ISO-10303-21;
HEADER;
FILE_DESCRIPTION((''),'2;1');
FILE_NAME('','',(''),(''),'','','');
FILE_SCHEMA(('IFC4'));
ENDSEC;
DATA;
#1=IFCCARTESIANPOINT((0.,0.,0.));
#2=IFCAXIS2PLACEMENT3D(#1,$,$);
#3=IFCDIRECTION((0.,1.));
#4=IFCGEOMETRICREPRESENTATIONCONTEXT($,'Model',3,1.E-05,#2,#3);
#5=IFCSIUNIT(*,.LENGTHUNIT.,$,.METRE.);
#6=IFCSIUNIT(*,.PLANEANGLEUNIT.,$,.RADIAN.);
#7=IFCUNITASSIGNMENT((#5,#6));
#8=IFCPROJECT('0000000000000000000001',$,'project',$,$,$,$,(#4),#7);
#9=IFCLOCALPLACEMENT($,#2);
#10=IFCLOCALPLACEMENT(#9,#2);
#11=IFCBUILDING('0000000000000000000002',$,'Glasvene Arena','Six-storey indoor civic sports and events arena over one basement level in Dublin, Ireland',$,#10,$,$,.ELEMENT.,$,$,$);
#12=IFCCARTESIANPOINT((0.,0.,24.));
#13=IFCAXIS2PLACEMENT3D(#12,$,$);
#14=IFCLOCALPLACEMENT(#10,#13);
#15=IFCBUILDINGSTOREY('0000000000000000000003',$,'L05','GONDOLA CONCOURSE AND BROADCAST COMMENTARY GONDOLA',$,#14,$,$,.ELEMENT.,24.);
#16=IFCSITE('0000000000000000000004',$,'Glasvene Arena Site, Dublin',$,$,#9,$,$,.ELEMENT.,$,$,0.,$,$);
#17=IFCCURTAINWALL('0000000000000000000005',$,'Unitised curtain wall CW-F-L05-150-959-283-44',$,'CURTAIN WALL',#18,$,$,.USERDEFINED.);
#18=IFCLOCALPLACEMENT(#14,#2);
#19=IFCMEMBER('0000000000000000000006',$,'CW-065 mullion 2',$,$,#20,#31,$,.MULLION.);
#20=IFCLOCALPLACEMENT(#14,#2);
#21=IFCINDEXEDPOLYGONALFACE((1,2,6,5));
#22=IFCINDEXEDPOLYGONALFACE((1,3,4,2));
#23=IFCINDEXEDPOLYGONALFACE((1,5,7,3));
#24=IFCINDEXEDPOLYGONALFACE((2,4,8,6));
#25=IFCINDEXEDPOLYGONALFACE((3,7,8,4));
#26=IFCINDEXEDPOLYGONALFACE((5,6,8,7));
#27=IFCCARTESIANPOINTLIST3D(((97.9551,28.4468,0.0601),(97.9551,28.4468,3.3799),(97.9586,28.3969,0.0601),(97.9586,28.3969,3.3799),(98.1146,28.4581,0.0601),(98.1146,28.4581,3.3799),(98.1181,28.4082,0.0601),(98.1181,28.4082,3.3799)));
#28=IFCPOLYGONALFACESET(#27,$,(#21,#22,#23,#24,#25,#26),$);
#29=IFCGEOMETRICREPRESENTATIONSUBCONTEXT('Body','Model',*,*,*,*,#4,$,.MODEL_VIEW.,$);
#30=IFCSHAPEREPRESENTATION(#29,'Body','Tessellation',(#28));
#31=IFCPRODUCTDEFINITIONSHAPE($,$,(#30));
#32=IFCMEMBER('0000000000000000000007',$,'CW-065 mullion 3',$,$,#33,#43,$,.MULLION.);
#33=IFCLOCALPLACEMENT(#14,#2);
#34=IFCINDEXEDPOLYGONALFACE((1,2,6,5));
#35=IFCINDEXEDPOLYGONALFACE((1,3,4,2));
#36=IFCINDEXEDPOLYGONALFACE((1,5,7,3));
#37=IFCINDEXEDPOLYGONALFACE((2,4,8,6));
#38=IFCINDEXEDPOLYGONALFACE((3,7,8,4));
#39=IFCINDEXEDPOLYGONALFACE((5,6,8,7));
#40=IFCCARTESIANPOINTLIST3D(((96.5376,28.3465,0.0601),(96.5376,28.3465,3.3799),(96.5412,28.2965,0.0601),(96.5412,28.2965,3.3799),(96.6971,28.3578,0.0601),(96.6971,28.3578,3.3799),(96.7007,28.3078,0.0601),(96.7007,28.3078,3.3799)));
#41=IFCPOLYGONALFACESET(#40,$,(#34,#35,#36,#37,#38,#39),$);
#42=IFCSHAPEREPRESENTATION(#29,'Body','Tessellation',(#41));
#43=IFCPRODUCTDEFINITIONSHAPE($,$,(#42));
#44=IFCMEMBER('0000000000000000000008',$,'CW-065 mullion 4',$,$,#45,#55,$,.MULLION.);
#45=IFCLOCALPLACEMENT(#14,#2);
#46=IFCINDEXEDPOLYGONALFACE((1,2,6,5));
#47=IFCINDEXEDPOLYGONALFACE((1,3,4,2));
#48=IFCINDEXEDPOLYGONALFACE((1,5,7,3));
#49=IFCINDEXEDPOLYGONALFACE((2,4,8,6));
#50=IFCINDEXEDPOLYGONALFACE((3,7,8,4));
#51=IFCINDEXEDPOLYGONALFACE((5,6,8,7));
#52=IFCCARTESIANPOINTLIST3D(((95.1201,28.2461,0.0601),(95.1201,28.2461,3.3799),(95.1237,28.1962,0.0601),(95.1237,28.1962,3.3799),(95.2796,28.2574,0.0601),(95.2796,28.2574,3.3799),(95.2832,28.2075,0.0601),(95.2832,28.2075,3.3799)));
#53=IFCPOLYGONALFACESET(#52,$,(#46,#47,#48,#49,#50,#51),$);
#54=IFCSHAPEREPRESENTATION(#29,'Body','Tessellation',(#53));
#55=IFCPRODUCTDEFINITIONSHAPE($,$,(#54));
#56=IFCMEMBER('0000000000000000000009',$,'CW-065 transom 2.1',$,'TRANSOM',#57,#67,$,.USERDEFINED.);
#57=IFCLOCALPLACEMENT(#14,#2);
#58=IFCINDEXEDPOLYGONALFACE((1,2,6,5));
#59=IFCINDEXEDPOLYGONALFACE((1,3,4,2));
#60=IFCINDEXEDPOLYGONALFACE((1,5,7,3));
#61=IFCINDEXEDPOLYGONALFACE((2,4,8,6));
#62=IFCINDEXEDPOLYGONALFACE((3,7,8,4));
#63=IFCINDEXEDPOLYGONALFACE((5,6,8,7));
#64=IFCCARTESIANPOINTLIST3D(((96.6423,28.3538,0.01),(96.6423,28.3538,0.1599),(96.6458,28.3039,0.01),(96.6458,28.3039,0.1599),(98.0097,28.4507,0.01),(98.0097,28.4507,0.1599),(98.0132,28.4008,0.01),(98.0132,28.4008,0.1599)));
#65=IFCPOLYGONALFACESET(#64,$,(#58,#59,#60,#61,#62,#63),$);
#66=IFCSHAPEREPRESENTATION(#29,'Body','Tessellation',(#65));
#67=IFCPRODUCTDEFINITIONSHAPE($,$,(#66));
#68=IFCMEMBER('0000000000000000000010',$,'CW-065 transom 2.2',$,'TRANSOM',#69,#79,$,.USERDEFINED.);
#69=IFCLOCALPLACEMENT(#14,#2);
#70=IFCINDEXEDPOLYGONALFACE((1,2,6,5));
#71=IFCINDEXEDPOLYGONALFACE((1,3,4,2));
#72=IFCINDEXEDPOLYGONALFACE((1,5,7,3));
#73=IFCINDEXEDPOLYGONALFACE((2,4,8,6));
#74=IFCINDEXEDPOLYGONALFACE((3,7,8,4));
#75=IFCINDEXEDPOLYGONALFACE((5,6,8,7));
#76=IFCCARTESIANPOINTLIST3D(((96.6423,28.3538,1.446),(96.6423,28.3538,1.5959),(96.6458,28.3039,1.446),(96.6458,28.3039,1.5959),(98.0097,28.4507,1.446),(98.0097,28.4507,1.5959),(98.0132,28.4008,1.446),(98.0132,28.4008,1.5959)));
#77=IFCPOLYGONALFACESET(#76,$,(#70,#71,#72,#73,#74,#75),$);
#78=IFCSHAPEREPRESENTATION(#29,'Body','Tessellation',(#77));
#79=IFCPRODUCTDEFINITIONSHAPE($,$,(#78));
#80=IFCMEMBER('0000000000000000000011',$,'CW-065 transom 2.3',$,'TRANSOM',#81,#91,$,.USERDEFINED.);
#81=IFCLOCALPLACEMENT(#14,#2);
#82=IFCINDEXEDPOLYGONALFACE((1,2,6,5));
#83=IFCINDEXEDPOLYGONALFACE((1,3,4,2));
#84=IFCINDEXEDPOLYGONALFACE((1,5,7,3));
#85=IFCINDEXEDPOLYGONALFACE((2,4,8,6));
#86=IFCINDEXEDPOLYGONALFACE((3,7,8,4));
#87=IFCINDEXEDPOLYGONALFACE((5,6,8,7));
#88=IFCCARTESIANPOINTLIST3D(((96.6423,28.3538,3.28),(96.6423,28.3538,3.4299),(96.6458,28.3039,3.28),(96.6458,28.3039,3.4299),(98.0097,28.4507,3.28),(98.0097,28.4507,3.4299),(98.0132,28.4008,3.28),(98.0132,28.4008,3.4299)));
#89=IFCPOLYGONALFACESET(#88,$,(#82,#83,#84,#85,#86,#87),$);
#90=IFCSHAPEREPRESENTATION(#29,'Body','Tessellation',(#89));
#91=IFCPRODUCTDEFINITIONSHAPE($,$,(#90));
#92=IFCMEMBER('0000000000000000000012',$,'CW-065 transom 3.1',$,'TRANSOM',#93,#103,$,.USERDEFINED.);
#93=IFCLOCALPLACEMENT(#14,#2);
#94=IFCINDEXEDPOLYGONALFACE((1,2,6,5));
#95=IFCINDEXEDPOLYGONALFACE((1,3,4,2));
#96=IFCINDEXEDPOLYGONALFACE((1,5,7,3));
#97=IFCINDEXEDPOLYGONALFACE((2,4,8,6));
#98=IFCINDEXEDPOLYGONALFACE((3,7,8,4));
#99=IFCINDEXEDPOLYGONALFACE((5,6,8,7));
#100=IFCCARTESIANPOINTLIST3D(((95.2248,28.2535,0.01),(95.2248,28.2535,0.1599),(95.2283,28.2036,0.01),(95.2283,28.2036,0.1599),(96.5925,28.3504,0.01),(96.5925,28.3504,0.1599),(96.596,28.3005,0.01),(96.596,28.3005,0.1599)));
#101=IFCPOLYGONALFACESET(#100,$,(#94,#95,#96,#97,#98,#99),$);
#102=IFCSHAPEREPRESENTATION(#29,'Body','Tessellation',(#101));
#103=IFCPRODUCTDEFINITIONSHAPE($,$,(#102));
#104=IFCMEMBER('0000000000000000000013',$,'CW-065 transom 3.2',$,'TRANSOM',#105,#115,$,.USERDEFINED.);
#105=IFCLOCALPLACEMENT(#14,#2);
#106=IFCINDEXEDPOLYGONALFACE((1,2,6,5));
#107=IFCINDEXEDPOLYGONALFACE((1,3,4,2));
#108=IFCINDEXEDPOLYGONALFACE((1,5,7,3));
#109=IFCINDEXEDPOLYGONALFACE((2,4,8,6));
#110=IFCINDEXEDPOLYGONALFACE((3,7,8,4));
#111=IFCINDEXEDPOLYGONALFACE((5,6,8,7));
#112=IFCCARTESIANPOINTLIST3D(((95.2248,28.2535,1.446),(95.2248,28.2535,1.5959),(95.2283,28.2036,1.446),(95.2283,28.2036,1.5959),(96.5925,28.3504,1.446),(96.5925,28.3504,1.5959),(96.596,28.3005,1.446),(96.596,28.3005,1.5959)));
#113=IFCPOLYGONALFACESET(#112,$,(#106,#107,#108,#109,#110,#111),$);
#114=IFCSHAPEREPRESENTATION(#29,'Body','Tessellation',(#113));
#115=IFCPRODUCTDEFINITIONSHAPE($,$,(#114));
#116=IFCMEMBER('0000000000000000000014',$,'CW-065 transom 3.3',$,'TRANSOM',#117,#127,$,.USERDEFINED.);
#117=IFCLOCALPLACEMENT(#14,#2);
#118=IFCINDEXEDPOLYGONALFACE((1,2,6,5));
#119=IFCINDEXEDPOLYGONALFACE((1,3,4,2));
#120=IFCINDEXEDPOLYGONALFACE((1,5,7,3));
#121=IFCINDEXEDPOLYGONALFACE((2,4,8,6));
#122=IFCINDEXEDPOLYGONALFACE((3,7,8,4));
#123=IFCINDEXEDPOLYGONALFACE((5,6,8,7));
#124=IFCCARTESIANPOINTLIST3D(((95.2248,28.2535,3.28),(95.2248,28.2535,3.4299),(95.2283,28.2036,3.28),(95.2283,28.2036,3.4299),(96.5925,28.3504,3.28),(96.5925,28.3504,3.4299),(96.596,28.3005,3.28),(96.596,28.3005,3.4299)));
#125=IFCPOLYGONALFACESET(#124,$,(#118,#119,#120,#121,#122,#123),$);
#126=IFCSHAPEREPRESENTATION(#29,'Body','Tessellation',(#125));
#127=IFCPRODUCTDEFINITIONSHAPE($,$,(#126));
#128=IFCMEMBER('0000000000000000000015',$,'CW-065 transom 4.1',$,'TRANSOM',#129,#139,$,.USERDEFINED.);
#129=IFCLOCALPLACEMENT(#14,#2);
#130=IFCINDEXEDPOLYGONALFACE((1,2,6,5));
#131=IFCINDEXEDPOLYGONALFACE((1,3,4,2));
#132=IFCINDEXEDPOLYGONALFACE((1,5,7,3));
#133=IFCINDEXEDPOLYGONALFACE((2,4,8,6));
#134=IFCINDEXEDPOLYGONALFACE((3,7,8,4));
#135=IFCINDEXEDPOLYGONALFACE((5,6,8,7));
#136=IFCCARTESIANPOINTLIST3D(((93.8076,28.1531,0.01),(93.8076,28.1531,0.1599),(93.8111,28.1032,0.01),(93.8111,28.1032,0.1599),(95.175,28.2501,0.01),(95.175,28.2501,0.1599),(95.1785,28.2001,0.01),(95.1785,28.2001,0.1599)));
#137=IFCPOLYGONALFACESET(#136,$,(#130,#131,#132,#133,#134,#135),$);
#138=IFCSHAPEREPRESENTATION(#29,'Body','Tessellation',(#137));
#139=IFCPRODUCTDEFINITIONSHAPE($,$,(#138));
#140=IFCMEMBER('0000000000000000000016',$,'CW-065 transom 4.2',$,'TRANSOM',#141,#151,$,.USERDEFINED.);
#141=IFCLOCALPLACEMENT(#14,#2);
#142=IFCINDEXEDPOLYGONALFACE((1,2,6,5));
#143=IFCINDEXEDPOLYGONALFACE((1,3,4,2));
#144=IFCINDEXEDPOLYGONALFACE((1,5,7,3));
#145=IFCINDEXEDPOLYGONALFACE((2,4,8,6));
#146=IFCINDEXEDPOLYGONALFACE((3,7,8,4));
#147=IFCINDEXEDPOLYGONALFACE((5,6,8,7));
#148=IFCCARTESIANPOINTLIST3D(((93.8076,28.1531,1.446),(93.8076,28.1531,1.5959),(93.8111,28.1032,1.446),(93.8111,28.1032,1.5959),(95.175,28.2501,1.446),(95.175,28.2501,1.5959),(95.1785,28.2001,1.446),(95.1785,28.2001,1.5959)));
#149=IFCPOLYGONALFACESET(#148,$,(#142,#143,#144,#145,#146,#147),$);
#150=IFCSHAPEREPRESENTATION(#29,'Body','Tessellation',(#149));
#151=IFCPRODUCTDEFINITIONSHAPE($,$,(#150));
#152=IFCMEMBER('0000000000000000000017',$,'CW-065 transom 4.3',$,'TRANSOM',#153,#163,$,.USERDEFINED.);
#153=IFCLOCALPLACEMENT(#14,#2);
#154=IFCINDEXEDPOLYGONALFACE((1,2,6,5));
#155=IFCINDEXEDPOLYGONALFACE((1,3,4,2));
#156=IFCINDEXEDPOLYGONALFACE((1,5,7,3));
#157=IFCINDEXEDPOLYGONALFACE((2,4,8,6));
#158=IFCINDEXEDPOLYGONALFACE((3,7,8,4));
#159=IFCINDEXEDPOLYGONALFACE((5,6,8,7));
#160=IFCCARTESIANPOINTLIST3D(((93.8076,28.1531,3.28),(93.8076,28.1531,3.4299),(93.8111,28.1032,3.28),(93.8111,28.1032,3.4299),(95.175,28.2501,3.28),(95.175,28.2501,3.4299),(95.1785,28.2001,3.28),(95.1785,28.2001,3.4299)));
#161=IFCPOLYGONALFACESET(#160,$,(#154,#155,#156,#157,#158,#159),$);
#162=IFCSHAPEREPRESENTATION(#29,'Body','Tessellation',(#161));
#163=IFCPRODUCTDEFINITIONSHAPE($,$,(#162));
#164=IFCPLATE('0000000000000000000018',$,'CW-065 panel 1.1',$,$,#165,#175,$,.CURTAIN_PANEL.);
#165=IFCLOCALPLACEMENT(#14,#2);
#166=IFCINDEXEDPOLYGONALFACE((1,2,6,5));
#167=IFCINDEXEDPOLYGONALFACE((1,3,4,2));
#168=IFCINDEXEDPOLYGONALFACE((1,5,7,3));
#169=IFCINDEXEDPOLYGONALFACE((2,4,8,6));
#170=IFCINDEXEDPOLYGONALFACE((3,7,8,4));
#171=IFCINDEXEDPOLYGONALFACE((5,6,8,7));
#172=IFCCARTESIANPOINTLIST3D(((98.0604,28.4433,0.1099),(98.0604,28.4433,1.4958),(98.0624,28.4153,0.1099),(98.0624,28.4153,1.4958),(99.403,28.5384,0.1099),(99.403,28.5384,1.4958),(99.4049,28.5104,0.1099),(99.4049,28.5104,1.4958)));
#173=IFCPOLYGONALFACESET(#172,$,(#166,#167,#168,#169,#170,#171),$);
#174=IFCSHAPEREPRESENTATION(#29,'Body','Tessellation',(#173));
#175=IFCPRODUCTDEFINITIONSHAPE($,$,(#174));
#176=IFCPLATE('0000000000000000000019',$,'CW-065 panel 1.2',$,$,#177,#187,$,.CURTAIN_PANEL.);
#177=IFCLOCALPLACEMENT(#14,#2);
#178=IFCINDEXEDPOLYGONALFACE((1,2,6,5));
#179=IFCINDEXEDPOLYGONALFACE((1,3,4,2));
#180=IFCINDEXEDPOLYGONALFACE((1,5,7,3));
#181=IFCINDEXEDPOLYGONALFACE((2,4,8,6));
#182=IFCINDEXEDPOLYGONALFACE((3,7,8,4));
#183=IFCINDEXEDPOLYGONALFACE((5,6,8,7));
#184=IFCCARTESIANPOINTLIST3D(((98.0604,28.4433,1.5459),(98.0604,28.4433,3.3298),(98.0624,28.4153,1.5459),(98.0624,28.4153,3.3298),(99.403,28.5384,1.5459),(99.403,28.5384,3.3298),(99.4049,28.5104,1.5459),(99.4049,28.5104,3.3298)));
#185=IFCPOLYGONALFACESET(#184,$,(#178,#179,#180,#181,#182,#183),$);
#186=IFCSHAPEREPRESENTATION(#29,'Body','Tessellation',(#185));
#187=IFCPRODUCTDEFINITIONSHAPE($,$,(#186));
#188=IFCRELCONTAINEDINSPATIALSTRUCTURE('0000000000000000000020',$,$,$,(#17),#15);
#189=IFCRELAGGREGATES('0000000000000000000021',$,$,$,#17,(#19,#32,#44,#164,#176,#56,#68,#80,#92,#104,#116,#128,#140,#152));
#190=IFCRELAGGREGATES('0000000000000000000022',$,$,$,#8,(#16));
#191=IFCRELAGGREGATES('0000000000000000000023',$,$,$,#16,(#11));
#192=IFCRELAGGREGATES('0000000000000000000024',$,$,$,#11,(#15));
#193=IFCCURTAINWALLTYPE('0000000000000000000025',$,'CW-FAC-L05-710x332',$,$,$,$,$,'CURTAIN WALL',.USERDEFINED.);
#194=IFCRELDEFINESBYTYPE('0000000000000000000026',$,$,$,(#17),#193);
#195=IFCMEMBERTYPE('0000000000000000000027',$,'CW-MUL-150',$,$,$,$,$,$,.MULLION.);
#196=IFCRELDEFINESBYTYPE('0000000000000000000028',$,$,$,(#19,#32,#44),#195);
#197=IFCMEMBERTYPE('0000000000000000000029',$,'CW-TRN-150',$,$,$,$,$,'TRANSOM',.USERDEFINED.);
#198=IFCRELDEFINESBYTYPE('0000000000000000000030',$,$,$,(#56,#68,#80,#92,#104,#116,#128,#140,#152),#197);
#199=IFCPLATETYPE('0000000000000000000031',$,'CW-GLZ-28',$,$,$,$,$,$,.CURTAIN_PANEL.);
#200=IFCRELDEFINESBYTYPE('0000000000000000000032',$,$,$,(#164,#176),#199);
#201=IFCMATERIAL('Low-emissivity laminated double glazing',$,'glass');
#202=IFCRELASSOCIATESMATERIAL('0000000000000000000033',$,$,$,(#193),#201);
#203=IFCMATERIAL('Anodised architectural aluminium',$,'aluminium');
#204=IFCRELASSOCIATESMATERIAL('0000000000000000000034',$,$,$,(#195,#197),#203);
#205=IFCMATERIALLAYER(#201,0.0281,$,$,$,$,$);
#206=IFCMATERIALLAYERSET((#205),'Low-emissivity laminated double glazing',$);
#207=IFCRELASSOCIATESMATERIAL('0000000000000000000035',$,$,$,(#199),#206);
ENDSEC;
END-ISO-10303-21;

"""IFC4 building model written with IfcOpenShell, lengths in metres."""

from ifc_helpers import new_model, si_unit, direction, frame, origin, origin_2d, place, context, subcontext, project, spatial, rectangle, extrude, material, layer, layer_set, material_profile, profile_set, type_object, element, aggregate, save


model = new_model("IFC4")

# Units and contexts
model_context = context("Model", 3, precision=1e-05, world=origin(), true_north=direction((0.0, 1.0)))
body_context = subcontext(model_context, "Body", "Model", "MODEL_VIEW")
ifc_project = project(units=[si_unit("LENGTHUNIT", "METRE"), si_unit("PLANEANGLEUNIT", "RADIAN")], contexts=[model_context])

# Site, building, storey
site_placement = place(None, origin())
site = spatial("IfcSite", under=ifc_project, at=site_placement, Name="Glasvene Arena Site, Dublin", CompositionType="ELEMENT", RefElevation=0.0)
building_placement = place(site_placement, origin())
building = spatial("IfcBuilding", under=site, at=building_placement, Name="Glasvene Arena", Description="Six-storey indoor civic sports and events arena over one basement level in Dublin, Ireland", CompositionType="ELEMENT")
storey_placement = place(building_placement, frame((0.0, 0.0, 24.0)))
storey = spatial("IfcBuildingStorey", under=building, at=storey_placement, Name="L05", Description="GONDOLA CONCOURSE AND BROADCAST COMMENTARY GONDOLA", CompositionType="ELEMENT", Elevation=24.0)

# Curtain wall, members, plates
ifc_material_1 = material(Name="Low-emissivity laminated double glazing", Category="glass")
curtain_wall_type = type_object("IfcCurtainWallType", Name="CW-FAC-L05-710x332", ElementType="CURTAIN WALL", PredefinedType="USERDEFINED", material=ifc_material_1)
curtain_wall_placement = place(storey_placement, frame((99.4539, 28.5281, 0.0)))
curtain_wall = element("IfcCurtainWall", 1, at=curtain_wall_placement, inside=storey, type_object=curtain_wall_type, Name="Unitised curtain wall CW-F-L05-150-959-283-44", ObjectType="CURTAIN WALL", PredefinedType="USERDEFINED")
ifc_material_2 = material(Name="Anodised architectural aluminium", Category="aluminium")
ifc_material_profile_1 = material_profile(ifc_material_2, rectangle(XDim=0.05, YDim=0.1599, at=origin_2d()), Name="ALU MULLION 50x160")
ifc_profile_set_1 = profile_set([ifc_material_profile_1], Name="Anodised architectural aluminium")
member_type_1 = type_object("IfcMemberType", Name="CW-MUL-150", PredefinedType="MULLION", material=ifc_profile_set_1)
member_1_placement = place(storey_placement, frame((98.0366, 28.4275, 0.0601), z_axis=(0.0, 0.0, 1.0), x_axis=(0.070657, -0.997501, 0.0)))
member_1 = element("IfcMember", 2, at=member_1_placement, type_object=member_type_1, Name="CW-065 mullion 2", PredefinedType="MULLION", context=body_context, shape_type="SweptSolid", body=[
    extrude(rectangle(XDim=0.05, YDim=0.1599, at=origin_2d()), origin(), (0.0, 0.0, 1.0), 3.3198),
])
member_2_placement = place(storey_placement, frame((96.6191, 28.3271, 0.0601), z_axis=(0.0, 0.0, 1.0), x_axis=(0.070657, -0.997501, 0.0)))
member_2 = element("IfcMember", 3, at=member_2_placement, type_object=member_type_1, Name="CW-065 mullion 3", PredefinedType="MULLION", context=body_context, shape_type="SweptSolid", body=[
    extrude(rectangle(XDim=0.05, YDim=0.1599, at=origin_2d()), origin(), (0.0, 0.0, 1.0), 3.3198),
])
member_3_placement = place(storey_placement, frame((95.2017, 28.2268, 0.0601), z_axis=(0.0, 0.0, 1.0), x_axis=(0.070657, -0.997501, 0.0)))
member_3 = element("IfcMember", 4, at=member_3_placement, type_object=member_type_1, Name="CW-065 mullion 4", PredefinedType="MULLION", context=body_context, shape_type="SweptSolid", body=[
    extrude(rectangle(XDim=0.05, YDim=0.1599, at=origin_2d()), origin(), (0.0, 0.0, 1.0), 3.3198),
])
ifc_material_profile_2 = material_profile(ifc_material_2, rectangle(XDim=0.05, YDim=0.1499, at=origin_2d()), Name="ALU TRANSOM 50x150")
ifc_profile_set_2 = profile_set([ifc_material_profile_2], Name="Anodised architectural aluminium")
member_type_2 = type_object("IfcMemberType", Name="CW-TRN-150", ElementType="TRANSOM", PredefinedType="USERDEFINED", material=ifc_profile_set_2)
member_4_placement = place(storey_placement, frame((98.0115, 28.4258, 0.085), z_axis=(-0.997497, -0.070703, 0.0), x_axis=(0.070703, -0.997497, 0.0)))
member_4 = element("IfcMember", 5, at=member_4_placement, type_object=member_type_2, Name="CW-065 transom 2.1", ObjectType="TRANSOM", PredefinedType="USERDEFINED", context=body_context, shape_type="SweptSolid", body=[
    extrude(rectangle(XDim=0.05, YDim=0.1499, at=origin_2d()), origin(), (0.0, 0.0, 1.0), 1.3708),
])
member_5_placement = place(storey_placement, frame((98.0115, 28.4258, 1.521), z_axis=(-0.997497, -0.070703, 0.0), x_axis=(0.070703, -0.997497, 0.0)))
member_5 = element("IfcMember", 6, at=member_5_placement, type_object=member_type_2, Name="CW-065 transom 2.2", ObjectType="TRANSOM", PredefinedType="USERDEFINED", context=body_context, shape_type="SweptSolid", body=[
    extrude(rectangle(XDim=0.05, YDim=0.1499, at=origin_2d()), origin(), (0.0, 0.0, 1.0), 1.3708),
])
member_6_placement = place(storey_placement, frame((98.0115, 28.4258, 3.355), z_axis=(-0.997497, -0.070703, 0.0), x_axis=(0.070703, -0.997497, 0.0)))
member_6 = element("IfcMember", 7, at=member_6_placement, type_object=member_type_2, Name="CW-065 transom 2.3", ObjectType="TRANSOM", PredefinedType="USERDEFINED", context=body_context, shape_type="SweptSolid", body=[
    extrude(rectangle(XDim=0.05, YDim=0.1499, at=origin_2d()), origin(), (0.0, 0.0, 1.0), 1.3708),
])
member_7_placement = place(storey_placement, frame((96.5942, 28.3254, 0.085), z_axis=(-0.997498, -0.07069, 0.0), x_axis=(0.07069, -0.997498, 0.0)))
member_7 = element("IfcMember", 8, at=member_7_placement, type_object=member_type_2, Name="CW-065 transom 3.1", ObjectType="TRANSOM", PredefinedType="USERDEFINED", context=body_context, shape_type="SweptSolid", body=[
    extrude(rectangle(XDim=0.05, YDim=0.1499, at=origin_2d()), origin(), (0.0, 0.0, 1.0), 1.3711),
])
member_8_placement = place(storey_placement, frame((96.5942, 28.3254, 1.521), z_axis=(-0.997498, -0.07069, 0.0), x_axis=(0.07069, -0.997498, 0.0)))
member_8 = element("IfcMember", 9, at=member_8_placement, type_object=member_type_2, Name="CW-065 transom 3.2", ObjectType="TRANSOM", PredefinedType="USERDEFINED", context=body_context, shape_type="SweptSolid", body=[
    extrude(rectangle(XDim=0.05, YDim=0.1499, at=origin_2d()), origin(), (0.0, 0.0, 1.0), 1.3711),
])
member_9_placement = place(storey_placement, frame((96.5942, 28.3254, 3.355), z_axis=(-0.997498, -0.07069, 0.0), x_axis=(0.07069, -0.997498, 0.0)))
member_9 = element("IfcMember", 10, at=member_9_placement, type_object=member_type_2, Name="CW-065 transom 3.3", ObjectType="TRANSOM", PredefinedType="USERDEFINED", context=body_context, shape_type="SweptSolid", body=[
    extrude(rectangle(XDim=0.05, YDim=0.1499, at=origin_2d()), origin(), (0.0, 0.0, 1.0), 1.3711),
])
member_10_placement = place(storey_placement, frame((95.1768, 28.2251, 0.085), z_axis=(-0.997497, -0.070703, 0.0), x_axis=(0.070703, -0.997497, 0.0)))
member_10 = element("IfcMember", 11, at=member_10_placement, type_object=member_type_2, Name="CW-065 transom 4.1", ObjectType="TRANSOM", PredefinedType="USERDEFINED", context=body_context, shape_type="SweptSolid", body=[
    extrude(rectangle(XDim=0.05, YDim=0.1499, at=origin_2d()), origin(), (0.0, 0.0, 1.0), 1.3708),
])
member_11_placement = place(storey_placement, frame((95.1768, 28.2251, 1.521), z_axis=(-0.997497, -0.070703, 0.0), x_axis=(0.070703, -0.997497, 0.0)))
member_11 = element("IfcMember", 12, at=member_11_placement, type_object=member_type_2, Name="CW-065 transom 4.2", ObjectType="TRANSOM", PredefinedType="USERDEFINED", context=body_context, shape_type="SweptSolid", body=[
    extrude(rectangle(XDim=0.05, YDim=0.1499, at=origin_2d()), origin(), (0.0, 0.0, 1.0), 1.3708),
])
member_12_placement = place(storey_placement, frame((95.1768, 28.2251, 3.355), z_axis=(-0.997497, -0.070703, 0.0), x_axis=(0.070703, -0.997497, 0.0)))
member_12 = element("IfcMember", 13, at=member_12_placement, type_object=member_type_2, Name="CW-065 transom 4.3", ObjectType="TRANSOM", PredefinedType="USERDEFINED", context=body_context, shape_type="SweptSolid", body=[
    extrude(rectangle(XDim=0.05, YDim=0.1499, at=origin_2d()), origin(), (0.0, 0.0, 1.0), 1.3708),
])
ifc_layer_1 = layer(ifc_material_1, 0.0281)
ifc_layer_set_1 = layer_set([ifc_layer_1], Name="Low-emissivity laminated double glazing")
plate_type = type_object("IfcPlateType", Name="CW-GLZ-28", PredefinedType="CURTAIN_PANEL", material=ifc_layer_set_1)
plate_1_placement = place(storey_placement, frame((98.7327, 28.4768, 0.1099), z_axis=(0.0, 0.0, 1.0), x_axis=(-0.997501, -0.070657, 0.0)))
plate_1 = element("IfcPlate", 14, at=plate_1_placement, type_object=plate_type, Name="CW-065 panel 1.1", PredefinedType="CURTAIN_PANEL", context=body_context, shape_type="SweptSolid", body=[
    extrude(rectangle(XDim=1.3459, YDim=0.0281, at=origin_2d()), origin(), (0.0, 0.0, 1.0), 1.386),
])
plate_2_placement = place(storey_placement, frame((98.7327, 28.4768, 1.5459), z_axis=(0.0, 0.0, 1.0), x_axis=(-0.997501, -0.070657, 0.0)))
plate_2 = element("IfcPlate", 15, at=plate_2_placement, type_object=plate_type, Name="CW-065 panel 1.2", PredefinedType="CURTAIN_PANEL", context=body_context, shape_type="SweptSolid", body=[
    extrude(rectangle(XDim=1.3459, YDim=0.0281, at=origin_2d()), origin(), (0.0, 0.0, 1.0), 1.7839),
])
aggregate(curtain_wall, [member_1, member_2, member_3, plate_1, plate_2, member_4, member_5, member_6, member_7, member_8, member_9, member_10, member_11, member_12])

save(model, "model.ifc")
